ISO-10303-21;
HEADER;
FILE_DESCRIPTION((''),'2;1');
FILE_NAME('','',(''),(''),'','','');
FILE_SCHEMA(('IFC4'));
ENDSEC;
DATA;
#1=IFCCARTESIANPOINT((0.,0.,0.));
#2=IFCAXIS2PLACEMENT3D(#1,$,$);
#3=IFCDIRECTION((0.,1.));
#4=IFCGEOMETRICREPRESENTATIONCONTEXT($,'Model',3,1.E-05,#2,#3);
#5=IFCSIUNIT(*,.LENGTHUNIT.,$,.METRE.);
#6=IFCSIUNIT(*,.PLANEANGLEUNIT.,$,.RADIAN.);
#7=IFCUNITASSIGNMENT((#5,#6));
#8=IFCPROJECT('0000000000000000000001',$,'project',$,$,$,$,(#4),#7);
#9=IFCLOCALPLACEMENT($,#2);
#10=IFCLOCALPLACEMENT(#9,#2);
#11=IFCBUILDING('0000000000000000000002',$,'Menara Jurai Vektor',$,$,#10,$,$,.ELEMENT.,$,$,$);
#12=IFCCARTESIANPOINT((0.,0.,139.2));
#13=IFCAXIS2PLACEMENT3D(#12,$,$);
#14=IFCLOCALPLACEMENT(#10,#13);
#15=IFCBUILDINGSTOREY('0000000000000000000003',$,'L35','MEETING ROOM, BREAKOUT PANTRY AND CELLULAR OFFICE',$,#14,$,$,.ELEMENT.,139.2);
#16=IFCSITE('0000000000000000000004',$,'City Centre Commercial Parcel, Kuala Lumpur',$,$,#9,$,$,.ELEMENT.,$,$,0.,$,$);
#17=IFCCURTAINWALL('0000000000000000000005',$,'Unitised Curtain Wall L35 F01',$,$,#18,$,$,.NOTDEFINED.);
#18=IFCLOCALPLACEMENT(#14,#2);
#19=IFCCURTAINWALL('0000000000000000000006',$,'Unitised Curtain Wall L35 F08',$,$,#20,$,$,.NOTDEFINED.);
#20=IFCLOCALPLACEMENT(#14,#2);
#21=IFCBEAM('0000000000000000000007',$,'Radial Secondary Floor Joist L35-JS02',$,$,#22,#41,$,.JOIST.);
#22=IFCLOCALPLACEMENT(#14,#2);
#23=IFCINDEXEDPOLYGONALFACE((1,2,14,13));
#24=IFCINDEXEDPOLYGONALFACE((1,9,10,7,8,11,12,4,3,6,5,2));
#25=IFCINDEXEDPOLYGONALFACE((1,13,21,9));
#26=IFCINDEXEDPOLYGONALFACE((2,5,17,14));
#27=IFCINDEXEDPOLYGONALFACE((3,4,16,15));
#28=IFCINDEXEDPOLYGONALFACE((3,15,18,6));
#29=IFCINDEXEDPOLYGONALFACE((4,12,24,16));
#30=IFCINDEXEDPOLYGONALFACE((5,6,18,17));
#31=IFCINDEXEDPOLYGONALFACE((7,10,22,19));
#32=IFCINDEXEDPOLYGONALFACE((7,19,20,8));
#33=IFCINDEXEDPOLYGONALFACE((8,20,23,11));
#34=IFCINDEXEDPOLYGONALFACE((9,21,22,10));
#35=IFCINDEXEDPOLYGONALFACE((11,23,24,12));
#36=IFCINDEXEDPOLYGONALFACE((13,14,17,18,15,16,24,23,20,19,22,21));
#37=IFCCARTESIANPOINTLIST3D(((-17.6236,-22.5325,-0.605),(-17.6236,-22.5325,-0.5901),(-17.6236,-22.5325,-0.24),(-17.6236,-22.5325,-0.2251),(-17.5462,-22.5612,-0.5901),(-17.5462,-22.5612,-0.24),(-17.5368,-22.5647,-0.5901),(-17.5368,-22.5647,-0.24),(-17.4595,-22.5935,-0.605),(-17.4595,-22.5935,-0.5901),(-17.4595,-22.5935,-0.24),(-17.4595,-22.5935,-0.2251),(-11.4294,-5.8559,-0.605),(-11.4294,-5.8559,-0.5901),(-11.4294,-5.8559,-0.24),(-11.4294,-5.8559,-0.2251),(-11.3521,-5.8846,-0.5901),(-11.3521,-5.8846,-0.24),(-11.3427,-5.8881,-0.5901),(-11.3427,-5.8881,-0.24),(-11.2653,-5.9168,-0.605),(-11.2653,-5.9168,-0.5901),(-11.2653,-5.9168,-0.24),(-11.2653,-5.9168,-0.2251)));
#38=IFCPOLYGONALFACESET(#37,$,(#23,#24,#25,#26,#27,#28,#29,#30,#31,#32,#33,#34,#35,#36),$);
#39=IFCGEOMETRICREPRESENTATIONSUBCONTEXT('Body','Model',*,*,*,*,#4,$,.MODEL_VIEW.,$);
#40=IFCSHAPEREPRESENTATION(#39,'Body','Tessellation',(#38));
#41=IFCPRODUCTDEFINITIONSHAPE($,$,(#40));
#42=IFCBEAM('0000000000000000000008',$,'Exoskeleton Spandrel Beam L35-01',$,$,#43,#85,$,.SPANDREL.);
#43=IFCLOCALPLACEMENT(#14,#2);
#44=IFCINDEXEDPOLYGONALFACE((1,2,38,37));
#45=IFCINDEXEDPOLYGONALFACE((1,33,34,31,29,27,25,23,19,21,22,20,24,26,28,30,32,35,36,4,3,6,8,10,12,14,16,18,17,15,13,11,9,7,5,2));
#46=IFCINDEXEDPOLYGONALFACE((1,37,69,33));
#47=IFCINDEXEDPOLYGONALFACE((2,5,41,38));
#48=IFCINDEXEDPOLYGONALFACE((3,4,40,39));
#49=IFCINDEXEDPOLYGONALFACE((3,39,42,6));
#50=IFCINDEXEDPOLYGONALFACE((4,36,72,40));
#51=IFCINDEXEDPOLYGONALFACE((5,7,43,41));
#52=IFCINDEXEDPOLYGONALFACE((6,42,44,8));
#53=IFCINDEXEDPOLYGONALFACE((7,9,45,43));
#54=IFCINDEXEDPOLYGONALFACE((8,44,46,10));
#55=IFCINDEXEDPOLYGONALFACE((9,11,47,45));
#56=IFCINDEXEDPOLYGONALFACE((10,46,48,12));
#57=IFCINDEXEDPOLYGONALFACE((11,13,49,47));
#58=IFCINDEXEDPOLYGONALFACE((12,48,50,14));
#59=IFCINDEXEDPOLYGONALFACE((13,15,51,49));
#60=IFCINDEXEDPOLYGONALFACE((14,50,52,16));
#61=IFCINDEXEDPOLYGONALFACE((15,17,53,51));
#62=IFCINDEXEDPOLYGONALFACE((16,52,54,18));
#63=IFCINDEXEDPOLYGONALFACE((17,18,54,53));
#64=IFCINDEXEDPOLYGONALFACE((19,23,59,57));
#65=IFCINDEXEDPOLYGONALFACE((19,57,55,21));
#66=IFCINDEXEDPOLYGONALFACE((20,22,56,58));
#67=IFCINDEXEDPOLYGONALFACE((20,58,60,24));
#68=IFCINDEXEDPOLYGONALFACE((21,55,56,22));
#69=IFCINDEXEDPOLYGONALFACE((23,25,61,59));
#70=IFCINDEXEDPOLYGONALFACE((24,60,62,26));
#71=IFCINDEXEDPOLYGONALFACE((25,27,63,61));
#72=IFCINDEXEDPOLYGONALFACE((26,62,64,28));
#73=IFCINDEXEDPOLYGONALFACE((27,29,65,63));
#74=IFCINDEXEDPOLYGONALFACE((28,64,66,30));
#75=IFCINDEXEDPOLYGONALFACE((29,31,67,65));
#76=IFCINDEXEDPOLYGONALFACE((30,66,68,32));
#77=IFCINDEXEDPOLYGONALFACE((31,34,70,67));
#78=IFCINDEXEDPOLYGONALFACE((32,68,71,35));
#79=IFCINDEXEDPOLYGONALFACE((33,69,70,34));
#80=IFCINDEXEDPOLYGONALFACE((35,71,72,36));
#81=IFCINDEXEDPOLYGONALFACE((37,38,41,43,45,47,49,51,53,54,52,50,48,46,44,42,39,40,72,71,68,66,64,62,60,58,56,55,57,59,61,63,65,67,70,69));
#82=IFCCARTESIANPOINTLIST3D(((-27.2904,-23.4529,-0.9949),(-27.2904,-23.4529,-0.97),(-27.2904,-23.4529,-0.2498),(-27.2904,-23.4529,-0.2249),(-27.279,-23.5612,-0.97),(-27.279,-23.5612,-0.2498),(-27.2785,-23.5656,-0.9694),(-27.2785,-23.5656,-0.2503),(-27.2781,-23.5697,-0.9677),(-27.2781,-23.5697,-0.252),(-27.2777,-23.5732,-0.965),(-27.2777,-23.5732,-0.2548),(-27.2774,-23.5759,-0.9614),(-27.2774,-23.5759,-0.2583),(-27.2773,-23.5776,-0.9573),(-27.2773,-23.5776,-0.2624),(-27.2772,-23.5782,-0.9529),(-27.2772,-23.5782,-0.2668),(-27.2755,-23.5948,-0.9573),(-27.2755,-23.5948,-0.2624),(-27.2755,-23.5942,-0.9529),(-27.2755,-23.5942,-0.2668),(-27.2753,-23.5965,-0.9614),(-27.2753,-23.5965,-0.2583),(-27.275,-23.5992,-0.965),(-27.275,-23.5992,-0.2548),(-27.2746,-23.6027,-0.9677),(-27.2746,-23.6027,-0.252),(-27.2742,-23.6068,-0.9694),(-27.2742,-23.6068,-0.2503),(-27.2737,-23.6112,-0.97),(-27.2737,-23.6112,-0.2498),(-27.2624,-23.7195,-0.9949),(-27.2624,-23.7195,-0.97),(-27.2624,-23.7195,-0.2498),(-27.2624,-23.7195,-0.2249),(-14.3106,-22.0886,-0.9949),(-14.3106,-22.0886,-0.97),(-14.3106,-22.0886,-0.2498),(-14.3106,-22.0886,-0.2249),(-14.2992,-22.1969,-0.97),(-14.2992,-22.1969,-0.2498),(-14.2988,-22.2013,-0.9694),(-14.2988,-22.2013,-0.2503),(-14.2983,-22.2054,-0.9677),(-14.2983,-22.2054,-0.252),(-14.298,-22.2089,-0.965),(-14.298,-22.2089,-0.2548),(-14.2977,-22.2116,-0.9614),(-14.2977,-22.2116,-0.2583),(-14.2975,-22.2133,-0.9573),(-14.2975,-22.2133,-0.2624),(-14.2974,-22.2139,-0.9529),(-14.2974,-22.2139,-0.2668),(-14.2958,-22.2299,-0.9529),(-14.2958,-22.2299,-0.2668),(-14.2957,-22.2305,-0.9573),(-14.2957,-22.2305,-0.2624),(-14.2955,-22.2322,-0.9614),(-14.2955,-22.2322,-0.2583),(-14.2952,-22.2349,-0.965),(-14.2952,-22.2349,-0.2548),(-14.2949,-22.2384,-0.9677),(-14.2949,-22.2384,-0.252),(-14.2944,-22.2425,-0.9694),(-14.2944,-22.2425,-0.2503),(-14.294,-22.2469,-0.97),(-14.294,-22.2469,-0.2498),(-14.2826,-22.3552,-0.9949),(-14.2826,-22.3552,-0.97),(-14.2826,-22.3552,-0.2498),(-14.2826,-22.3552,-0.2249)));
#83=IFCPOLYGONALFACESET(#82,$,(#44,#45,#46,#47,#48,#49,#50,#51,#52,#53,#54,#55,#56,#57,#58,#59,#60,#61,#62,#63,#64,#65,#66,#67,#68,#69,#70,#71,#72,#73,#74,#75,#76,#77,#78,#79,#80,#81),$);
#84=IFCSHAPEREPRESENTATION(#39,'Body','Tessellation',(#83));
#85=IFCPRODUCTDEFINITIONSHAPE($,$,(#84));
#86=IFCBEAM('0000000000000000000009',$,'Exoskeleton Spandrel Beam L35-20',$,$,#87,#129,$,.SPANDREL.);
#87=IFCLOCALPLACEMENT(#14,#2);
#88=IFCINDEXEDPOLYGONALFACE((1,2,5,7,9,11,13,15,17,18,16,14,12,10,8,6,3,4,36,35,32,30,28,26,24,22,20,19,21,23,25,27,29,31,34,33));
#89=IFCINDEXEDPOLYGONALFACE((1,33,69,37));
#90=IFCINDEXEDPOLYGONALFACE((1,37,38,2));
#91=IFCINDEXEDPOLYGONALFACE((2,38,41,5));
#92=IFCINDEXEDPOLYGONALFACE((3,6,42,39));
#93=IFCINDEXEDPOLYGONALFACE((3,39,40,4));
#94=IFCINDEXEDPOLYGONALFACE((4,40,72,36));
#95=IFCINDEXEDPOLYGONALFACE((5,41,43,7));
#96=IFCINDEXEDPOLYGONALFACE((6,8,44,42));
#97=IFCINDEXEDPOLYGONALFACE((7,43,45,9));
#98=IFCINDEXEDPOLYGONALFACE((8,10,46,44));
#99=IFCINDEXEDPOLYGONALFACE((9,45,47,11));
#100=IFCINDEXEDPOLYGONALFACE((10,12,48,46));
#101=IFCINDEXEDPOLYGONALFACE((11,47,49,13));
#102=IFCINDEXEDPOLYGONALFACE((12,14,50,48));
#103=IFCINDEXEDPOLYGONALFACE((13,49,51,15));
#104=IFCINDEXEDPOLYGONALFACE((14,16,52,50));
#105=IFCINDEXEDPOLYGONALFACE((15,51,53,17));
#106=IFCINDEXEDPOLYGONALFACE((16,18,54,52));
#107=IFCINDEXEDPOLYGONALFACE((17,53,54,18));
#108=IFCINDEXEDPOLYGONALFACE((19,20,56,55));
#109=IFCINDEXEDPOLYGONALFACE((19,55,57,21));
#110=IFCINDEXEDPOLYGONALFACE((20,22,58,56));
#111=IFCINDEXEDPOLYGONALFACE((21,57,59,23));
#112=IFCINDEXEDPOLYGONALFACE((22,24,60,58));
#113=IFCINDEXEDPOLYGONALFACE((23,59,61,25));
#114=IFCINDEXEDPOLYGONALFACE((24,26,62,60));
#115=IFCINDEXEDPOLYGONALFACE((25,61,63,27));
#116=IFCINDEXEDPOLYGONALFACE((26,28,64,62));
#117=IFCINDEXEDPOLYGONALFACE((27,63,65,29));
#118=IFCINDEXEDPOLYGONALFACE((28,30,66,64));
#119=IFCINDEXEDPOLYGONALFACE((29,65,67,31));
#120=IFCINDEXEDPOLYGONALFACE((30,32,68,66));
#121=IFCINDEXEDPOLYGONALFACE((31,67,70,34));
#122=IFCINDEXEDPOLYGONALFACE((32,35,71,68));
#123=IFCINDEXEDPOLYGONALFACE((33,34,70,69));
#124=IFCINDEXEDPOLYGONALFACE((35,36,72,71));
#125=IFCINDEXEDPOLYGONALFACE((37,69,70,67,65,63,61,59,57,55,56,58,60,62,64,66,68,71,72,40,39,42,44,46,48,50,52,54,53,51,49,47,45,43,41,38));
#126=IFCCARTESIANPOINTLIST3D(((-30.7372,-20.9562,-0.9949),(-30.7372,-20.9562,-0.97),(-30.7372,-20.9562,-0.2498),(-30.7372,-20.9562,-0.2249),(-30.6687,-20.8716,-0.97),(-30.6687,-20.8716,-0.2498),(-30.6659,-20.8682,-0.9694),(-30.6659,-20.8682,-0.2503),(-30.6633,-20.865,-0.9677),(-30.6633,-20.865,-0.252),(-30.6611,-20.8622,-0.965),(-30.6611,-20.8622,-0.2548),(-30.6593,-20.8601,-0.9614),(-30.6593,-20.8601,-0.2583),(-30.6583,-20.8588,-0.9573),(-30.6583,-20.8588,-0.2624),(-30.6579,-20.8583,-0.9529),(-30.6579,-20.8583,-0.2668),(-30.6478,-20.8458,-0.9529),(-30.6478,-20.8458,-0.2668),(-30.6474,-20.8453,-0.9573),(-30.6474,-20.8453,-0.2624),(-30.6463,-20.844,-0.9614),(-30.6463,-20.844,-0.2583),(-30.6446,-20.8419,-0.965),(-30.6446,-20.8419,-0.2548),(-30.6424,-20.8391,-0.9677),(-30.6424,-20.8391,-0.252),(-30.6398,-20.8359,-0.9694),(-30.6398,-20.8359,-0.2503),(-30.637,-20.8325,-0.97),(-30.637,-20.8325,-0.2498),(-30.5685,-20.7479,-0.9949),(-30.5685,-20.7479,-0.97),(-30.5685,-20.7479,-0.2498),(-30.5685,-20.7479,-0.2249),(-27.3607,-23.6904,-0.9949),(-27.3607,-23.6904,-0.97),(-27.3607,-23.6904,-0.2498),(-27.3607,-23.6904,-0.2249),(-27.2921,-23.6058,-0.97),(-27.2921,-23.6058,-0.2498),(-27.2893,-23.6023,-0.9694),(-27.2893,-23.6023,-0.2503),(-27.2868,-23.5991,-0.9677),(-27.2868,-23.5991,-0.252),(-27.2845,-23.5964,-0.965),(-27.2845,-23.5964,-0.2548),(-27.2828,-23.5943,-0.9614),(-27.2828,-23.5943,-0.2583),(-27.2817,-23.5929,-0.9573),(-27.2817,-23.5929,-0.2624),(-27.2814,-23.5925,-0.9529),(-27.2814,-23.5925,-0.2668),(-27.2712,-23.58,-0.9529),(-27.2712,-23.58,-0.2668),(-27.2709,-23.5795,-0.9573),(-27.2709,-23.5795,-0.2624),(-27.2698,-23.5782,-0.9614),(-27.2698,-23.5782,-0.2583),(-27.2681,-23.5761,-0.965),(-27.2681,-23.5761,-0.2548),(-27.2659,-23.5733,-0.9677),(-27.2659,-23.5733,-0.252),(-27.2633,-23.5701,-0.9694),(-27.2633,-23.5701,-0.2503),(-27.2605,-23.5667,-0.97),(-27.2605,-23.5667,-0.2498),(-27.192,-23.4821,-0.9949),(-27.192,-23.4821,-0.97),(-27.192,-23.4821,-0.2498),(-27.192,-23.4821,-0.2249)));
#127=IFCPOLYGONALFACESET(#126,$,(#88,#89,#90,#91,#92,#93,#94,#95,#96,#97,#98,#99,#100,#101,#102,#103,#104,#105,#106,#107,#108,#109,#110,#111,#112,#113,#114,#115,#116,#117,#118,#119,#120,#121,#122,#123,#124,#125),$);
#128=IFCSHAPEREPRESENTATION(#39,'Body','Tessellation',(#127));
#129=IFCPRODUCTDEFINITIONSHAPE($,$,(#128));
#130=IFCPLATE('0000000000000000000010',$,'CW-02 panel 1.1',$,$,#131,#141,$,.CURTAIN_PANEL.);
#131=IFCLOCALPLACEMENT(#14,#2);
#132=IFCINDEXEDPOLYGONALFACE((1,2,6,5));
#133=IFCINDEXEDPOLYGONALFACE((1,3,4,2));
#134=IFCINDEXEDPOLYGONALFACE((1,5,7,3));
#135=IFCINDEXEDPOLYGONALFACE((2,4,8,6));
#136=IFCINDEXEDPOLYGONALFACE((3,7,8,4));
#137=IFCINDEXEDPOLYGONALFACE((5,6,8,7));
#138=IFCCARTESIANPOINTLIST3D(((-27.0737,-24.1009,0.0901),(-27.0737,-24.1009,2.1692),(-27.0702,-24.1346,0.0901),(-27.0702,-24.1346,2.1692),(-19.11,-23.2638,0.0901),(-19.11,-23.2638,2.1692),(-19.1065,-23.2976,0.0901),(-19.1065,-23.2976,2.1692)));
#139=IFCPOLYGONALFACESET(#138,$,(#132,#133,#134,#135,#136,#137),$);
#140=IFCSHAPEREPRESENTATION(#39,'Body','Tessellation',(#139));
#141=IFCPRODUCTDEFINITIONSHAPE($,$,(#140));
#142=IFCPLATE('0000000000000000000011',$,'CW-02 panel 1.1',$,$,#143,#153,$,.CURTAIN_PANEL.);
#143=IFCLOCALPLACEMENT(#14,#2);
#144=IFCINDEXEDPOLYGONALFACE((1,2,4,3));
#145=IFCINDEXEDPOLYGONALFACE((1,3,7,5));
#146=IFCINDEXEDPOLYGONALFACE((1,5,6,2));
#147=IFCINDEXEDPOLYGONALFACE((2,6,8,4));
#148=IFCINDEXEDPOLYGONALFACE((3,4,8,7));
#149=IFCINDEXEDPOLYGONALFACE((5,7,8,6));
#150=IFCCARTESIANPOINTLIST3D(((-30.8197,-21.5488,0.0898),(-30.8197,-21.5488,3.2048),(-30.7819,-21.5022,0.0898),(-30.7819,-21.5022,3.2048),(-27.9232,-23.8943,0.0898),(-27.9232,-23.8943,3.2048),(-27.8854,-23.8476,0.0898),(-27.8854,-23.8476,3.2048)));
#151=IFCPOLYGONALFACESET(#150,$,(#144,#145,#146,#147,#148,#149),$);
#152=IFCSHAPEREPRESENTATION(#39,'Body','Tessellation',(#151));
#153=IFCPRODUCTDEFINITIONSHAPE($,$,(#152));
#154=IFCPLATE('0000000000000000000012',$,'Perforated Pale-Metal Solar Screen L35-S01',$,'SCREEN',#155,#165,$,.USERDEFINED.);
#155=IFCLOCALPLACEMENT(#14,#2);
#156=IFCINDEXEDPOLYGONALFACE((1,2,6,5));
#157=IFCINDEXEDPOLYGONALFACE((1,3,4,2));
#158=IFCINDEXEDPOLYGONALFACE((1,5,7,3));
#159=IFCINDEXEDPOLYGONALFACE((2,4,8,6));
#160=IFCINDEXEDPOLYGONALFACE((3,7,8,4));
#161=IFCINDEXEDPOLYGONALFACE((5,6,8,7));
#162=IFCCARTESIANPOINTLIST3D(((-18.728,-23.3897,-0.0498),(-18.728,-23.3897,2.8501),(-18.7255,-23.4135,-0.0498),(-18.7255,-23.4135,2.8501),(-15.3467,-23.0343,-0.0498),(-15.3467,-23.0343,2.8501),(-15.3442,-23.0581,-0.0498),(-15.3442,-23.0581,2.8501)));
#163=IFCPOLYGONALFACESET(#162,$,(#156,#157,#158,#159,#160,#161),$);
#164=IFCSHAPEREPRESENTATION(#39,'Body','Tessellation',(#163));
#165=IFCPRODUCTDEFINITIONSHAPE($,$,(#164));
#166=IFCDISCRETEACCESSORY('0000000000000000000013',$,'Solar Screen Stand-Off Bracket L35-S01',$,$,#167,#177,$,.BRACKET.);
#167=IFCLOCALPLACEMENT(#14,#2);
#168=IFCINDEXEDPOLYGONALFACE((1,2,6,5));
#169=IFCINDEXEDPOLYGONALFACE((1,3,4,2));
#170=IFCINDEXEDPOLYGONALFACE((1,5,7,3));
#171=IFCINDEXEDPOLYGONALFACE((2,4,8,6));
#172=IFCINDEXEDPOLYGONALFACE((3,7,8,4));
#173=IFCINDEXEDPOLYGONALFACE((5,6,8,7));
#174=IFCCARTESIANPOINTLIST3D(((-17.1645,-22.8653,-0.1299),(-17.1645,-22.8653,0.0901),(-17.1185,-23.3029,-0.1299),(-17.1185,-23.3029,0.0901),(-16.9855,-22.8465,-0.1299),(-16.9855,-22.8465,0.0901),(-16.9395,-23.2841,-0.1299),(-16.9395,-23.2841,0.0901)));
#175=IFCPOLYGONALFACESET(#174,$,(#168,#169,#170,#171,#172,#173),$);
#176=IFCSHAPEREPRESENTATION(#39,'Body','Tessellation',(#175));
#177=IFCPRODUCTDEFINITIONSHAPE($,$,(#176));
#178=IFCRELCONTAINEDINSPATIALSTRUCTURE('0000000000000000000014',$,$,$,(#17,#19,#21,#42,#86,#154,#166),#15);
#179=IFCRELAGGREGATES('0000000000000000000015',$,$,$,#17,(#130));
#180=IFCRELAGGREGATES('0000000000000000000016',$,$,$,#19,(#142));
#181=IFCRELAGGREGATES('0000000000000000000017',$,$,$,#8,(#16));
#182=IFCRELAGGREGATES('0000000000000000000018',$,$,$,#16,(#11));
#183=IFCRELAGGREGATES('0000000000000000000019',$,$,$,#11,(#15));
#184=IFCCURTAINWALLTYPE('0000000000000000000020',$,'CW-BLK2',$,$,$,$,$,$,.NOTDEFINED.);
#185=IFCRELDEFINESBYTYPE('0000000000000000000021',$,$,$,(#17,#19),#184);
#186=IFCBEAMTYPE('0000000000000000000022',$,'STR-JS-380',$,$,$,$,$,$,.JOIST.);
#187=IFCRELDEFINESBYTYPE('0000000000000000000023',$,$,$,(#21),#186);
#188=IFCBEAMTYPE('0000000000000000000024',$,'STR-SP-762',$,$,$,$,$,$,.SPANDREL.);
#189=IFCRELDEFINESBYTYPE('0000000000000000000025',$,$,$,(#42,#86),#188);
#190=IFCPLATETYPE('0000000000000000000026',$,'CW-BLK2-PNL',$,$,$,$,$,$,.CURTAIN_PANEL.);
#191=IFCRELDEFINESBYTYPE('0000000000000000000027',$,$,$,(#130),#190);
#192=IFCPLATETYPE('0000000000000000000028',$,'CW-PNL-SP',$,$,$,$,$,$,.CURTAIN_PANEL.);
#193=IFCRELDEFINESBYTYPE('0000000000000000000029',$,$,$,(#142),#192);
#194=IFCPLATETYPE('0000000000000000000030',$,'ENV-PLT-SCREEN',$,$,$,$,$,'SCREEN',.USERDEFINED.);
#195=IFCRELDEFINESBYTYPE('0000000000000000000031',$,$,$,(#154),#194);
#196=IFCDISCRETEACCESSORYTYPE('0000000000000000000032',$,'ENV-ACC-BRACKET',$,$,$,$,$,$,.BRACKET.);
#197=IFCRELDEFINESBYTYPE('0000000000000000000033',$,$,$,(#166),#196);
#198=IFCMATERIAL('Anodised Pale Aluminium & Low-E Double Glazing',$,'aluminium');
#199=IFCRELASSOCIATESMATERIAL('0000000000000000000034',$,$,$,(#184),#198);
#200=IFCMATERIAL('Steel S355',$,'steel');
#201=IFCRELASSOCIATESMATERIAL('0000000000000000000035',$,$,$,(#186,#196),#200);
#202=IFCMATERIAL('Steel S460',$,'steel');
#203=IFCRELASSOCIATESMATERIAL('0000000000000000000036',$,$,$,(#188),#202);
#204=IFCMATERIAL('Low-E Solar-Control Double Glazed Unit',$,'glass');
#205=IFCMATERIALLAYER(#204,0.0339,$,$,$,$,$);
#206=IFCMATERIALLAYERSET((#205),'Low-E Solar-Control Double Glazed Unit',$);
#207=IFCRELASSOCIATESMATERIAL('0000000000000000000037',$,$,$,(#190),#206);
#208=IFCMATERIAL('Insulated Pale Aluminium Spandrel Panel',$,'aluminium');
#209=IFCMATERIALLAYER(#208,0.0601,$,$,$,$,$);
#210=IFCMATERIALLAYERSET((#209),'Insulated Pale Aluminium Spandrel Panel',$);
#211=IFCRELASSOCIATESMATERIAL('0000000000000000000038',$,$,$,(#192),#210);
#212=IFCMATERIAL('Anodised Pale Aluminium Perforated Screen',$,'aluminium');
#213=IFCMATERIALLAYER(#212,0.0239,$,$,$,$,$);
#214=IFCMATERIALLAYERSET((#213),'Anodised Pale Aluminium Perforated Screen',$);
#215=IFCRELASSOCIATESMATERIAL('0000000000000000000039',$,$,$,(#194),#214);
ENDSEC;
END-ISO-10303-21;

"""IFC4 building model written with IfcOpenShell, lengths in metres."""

from ifc_helpers import new_model, si_unit, direction, frame, origin, origin_2d, place, context, subcontext, project, spatial, rectangle, i_section, extrude, material, layer, layer_set, material_profile, profile_set, type_object, element, aggregate, save


model = new_model("IFC4")

# Units and contexts
model_context = context("Model", 3, precision=1e-05, world=origin(), true_north=direction((0.0, 1.0)))
body_context = subcontext(model_context, "Body", "Model", "MODEL_VIEW")
ifc_project = project(units=[si_unit("LENGTHUNIT", "METRE"), si_unit("PLANEANGLEUNIT", "RADIAN")], contexts=[model_context])

# Site, building, storey
site_placement = place(None, origin())
site = spatial("IfcSite", under=ifc_project, at=site_placement, Name="City Centre Commercial Parcel, Kuala Lumpur", CompositionType="ELEMENT", RefElevation=0.0)
building_placement = place(site_placement, origin())
building = spatial("IfcBuilding", under=site, at=building_placement, Name="Menara Jurai Vektor", CompositionType="ELEMENT")
storey_placement = place(building_placement, frame((0.0, 0.0, 139.2)))
storey = spatial("IfcBuildingStorey", under=building, at=storey_placement, Name="L35", Description="MEETING ROOM, BREAKOUT PANTRY AND CELLULAR OFFICE", CompositionType="ELEMENT", Elevation=139.2)

# Shared definitions
ifc_material_1 = material(Name="Steel S460", Category="steel")

# Curtain wall
ifc_material_2 = material(Name="Anodised Pale Aluminium & Low-E Double Glazing", Category="aluminium")
curtain_wall_type = type_object("IfcCurtainWallType", Name="CW-BLK2", PredefinedType="NOTDEFINED", material=ifc_material_2)
curtain_wall_1_placement = place(storey_placement, origin())
curtain_wall_1 = element("IfcCurtainWall", 1, at=curtain_wall_1_placement, inside=storey, type_object=curtain_wall_type, Name="Unitised Curtain Wall L35 F01", PredefinedType="NOTDEFINED")

# Curtain wall
curtain_wall_2_placement = place(storey_placement, origin())
curtain_wall_2 = element("IfcCurtainWall", 2, at=curtain_wall_2_placement, inside=storey, type_object=curtain_wall_type, Name="Unitised Curtain Wall L35 F08", PredefinedType="NOTDEFINED")

# Shared definitions
ifc_material_3 = material(Name="Steel S355", Category="steel")

# Beams
ifc_material_profile_1 = material_profile(ifc_material_3, i_section(OverallWidth=0.175, OverallDepth=0.3799, WebThickness=0.01, FlangeThickness=0.0149, at=origin_2d()), Name="PG 380x175x58")
ifc_profile_set_1 = profile_set([ifc_material_profile_1], Name="Steel S355")
beam_type_1 = type_object("IfcBeamType", Name="STR-JS-380", PredefinedType="JOIST", material=ifc_profile_set_1)
beam_1_placement = place(storey_placement, frame((-17.5415, -22.563, -0.415), z_axis=(0.348184, 0.937426, 0.0), x_axis=(-0.937426, 0.348184, 0.0)))
element("IfcBeam", 3, at=beam_1_placement, inside=storey, type_object=beam_type_1, Name="Radial Secondary Floor Joist L35-JS02", PredefinedType="JOIST", context=body_context, shape_type="SweptSolid", body=[
    extrude(i_section(OverallWidth=0.175, OverallDepth=0.3799, WebThickness=0.01, FlangeThickness=0.0149, at=origin_2d()), origin(), (0.0, 0.0, 1.0), 17.7898),
])
ifc_material_profile_2 = material_profile(ifc_material_1, i_section(OverallWidth=0.2681, OverallDepth=0.77, WebThickness=0.0161, FlangeThickness=0.0249, FilletRadius=0.0171, at=origin_2d()), Name="UKB 762x267x197")
ifc_profile_set_2 = profile_set([ifc_material_profile_2], Name="Steel S460")
beam_type_2 = type_object("IfcBeamType", Name="STR-SP-762", PredefinedType="SPANDREL", material=ifc_profile_set_2)
beam_2_placement = place(storey_placement, frame((-27.2764, -23.5862, -0.6099), z_axis=(0.994522, 0.104531, 0.0), x_axis=(-0.104531, 0.994522, 0.0)))
element("IfcBeam", 4, at=beam_2_placement, inside=storey, type_object=beam_type_2, Name="Exoskeleton Spandrel Beam L35-01", PredefinedType="SPANDREL", context=body_context, shape_type="SweptSolid", body=[
    extrude(i_section(OverallWidth=0.2681, OverallDepth=0.77, WebThickness=0.0161, FlangeThickness=0.0249, FilletRadius=0.0171, at=origin_2d()), origin(), (0.0, 0.0, 1.0), 13.0513),
])
beam_3_placement = place(storey_placement, frame((-30.6528, -20.8521, -0.6099), z_axis=(0.777155, -0.62931, 0.0), x_axis=(0.62931, 0.777155, 0.0)))
element("IfcBeam", 5, at=beam_3_placement, inside=storey, type_object=beam_type_2, Name="Exoskeleton Spandrel Beam L35-20", PredefinedType="SPANDREL", context=body_context, shape_type="SweptSolid", body=[
    extrude(i_section(OverallWidth=0.2681, OverallDepth=0.77, WebThickness=0.0161, FlangeThickness=0.0249, FilletRadius=0.0171, at=origin_2d()), origin(), (0.0, 0.0, 1.0), 4.3447),
])

# Plates
ifc_material_4 = material(Name="Low-E Solar-Control Double Glazed Unit", Category="glass")
ifc_layer_1 = layer(ifc_material_4, 0.0339)
ifc_layer_set_1 = layer_set([ifc_layer_1], Name="Low-E Solar-Control Double Glazed Unit")
plate_type_1 = type_object("IfcPlateType", Name="CW-BLK2-PNL", PredefinedType="CURTAIN_PANEL", material=ifc_layer_set_1)
plate_1_placement = place(storey_placement, frame((-23.0901, -23.6992, 0.0901), z_axis=(0.0, 0.0, 1.0), x_axis=(0.994522, 0.104529, 0.0)))
plate_1 = element("IfcPlate", 6, at=plate_1_placement, type_object=plate_type_1, Name="CW-02 panel 1.1", PredefinedType="CURTAIN_PANEL", context=body_context, shape_type="SweptSolid", body=[
    extrude(rectangle(XDim=8.0076, YDim=0.0339, at=origin_2d()), origin(), (0.0, 0.0, 1.0), 2.0791),
])
aggregate(curtain_wall_1, [plate_1])
ifc_material_5 = material(Name="Insulated Pale Aluminium Spandrel Panel", Category="aluminium")
ifc_layer_2 = layer(ifc_material_5, 0.0601)
ifc_layer_set_2 = layer_set([ifc_layer_2], Name="Insulated Pale Aluminium Spandrel Panel")
plate_type_2 = type_object("IfcPlateType", Name="CW-PNL-SP", PredefinedType="CURTAIN_PANEL", material=ifc_layer_set_2)
plate_2_placement = place(storey_placement, frame((-29.3525, -22.6982, 0.0898), z_axis=(0.0, 0.0, 1.0), x_axis=(0.777152, -0.629313, 0.0)))
plate_2 = element("IfcPlate", 7, at=plate_2_placement, type_object=plate_type_2, Name="CW-02 panel 1.1", PredefinedType="CURTAIN_PANEL", context=body_context, shape_type="SweptSolid", body=[
    extrude(rectangle(XDim=3.7271, YDim=0.0601, at=origin_2d()), origin(), (0.0, 0.0, 1.0), 3.115),
])
aggregate(curtain_wall_2, [plate_2])
ifc_material_6 = material(Name="Anodised Pale Aluminium Perforated Screen", Category="aluminium")
ifc_layer_3 = layer(ifc_material_6, 0.0239)
ifc_layer_set_3 = layer_set([ifc_layer_3], Name="Anodised Pale Aluminium Perforated Screen")
plate_type_3 = type_object("IfcPlateType", Name="ENV-PLT-SCREEN", ElementType="SCREEN", PredefinedType="USERDEFINED", material=ifc_layer_set_3)
plate_3_placement = place(storey_placement, frame((-17.0361, -23.2239, -0.0498), z_axis=(0.0, 0.0, 1.0), x_axis=(0.994522, 0.104528, 0.0)))
element("IfcPlate", 8, at=plate_3_placement, inside=storey, type_object=plate_type_3, Name="Perforated Pale-Metal Solar Screen L35-S01", ObjectType="SCREEN", PredefinedType="USERDEFINED", context=body_context, shape_type="SweptSolid", body=[
    extrude(rectangle(XDim=3.3999, YDim=0.0239, at=origin_2d()), origin(), (0.0, 0.0, 1.0), 2.8999),
])

# Discrete accessory
discrete_accessory_type = type_object("IfcDiscreteAccessoryType", Name="ENV-ACC-BRACKET", PredefinedType="BRACKET", material=ifc_material_3)
discrete_accessory_placement = place(storey_placement, frame((-17.052, -23.0747, -0.1299), z_axis=(0.0, 0.0, 1.0), x_axis=(0.994522, 0.104528, 0.0)))
element("IfcDiscreteAccessory", 9, at=discrete_accessory_placement, inside=storey, type_object=discrete_accessory_type, Name="Solar Screen Stand-Off Bracket L35-S01", PredefinedType="BRACKET", context=body_context, shape_type="SweptSolid", body=[
    extrude(rectangle(XDim=0.1799, YDim=0.4399, at=origin_2d()), origin(), (0.0, 0.0, 1.0), 0.22),
])

save(model, "model.ifc")
